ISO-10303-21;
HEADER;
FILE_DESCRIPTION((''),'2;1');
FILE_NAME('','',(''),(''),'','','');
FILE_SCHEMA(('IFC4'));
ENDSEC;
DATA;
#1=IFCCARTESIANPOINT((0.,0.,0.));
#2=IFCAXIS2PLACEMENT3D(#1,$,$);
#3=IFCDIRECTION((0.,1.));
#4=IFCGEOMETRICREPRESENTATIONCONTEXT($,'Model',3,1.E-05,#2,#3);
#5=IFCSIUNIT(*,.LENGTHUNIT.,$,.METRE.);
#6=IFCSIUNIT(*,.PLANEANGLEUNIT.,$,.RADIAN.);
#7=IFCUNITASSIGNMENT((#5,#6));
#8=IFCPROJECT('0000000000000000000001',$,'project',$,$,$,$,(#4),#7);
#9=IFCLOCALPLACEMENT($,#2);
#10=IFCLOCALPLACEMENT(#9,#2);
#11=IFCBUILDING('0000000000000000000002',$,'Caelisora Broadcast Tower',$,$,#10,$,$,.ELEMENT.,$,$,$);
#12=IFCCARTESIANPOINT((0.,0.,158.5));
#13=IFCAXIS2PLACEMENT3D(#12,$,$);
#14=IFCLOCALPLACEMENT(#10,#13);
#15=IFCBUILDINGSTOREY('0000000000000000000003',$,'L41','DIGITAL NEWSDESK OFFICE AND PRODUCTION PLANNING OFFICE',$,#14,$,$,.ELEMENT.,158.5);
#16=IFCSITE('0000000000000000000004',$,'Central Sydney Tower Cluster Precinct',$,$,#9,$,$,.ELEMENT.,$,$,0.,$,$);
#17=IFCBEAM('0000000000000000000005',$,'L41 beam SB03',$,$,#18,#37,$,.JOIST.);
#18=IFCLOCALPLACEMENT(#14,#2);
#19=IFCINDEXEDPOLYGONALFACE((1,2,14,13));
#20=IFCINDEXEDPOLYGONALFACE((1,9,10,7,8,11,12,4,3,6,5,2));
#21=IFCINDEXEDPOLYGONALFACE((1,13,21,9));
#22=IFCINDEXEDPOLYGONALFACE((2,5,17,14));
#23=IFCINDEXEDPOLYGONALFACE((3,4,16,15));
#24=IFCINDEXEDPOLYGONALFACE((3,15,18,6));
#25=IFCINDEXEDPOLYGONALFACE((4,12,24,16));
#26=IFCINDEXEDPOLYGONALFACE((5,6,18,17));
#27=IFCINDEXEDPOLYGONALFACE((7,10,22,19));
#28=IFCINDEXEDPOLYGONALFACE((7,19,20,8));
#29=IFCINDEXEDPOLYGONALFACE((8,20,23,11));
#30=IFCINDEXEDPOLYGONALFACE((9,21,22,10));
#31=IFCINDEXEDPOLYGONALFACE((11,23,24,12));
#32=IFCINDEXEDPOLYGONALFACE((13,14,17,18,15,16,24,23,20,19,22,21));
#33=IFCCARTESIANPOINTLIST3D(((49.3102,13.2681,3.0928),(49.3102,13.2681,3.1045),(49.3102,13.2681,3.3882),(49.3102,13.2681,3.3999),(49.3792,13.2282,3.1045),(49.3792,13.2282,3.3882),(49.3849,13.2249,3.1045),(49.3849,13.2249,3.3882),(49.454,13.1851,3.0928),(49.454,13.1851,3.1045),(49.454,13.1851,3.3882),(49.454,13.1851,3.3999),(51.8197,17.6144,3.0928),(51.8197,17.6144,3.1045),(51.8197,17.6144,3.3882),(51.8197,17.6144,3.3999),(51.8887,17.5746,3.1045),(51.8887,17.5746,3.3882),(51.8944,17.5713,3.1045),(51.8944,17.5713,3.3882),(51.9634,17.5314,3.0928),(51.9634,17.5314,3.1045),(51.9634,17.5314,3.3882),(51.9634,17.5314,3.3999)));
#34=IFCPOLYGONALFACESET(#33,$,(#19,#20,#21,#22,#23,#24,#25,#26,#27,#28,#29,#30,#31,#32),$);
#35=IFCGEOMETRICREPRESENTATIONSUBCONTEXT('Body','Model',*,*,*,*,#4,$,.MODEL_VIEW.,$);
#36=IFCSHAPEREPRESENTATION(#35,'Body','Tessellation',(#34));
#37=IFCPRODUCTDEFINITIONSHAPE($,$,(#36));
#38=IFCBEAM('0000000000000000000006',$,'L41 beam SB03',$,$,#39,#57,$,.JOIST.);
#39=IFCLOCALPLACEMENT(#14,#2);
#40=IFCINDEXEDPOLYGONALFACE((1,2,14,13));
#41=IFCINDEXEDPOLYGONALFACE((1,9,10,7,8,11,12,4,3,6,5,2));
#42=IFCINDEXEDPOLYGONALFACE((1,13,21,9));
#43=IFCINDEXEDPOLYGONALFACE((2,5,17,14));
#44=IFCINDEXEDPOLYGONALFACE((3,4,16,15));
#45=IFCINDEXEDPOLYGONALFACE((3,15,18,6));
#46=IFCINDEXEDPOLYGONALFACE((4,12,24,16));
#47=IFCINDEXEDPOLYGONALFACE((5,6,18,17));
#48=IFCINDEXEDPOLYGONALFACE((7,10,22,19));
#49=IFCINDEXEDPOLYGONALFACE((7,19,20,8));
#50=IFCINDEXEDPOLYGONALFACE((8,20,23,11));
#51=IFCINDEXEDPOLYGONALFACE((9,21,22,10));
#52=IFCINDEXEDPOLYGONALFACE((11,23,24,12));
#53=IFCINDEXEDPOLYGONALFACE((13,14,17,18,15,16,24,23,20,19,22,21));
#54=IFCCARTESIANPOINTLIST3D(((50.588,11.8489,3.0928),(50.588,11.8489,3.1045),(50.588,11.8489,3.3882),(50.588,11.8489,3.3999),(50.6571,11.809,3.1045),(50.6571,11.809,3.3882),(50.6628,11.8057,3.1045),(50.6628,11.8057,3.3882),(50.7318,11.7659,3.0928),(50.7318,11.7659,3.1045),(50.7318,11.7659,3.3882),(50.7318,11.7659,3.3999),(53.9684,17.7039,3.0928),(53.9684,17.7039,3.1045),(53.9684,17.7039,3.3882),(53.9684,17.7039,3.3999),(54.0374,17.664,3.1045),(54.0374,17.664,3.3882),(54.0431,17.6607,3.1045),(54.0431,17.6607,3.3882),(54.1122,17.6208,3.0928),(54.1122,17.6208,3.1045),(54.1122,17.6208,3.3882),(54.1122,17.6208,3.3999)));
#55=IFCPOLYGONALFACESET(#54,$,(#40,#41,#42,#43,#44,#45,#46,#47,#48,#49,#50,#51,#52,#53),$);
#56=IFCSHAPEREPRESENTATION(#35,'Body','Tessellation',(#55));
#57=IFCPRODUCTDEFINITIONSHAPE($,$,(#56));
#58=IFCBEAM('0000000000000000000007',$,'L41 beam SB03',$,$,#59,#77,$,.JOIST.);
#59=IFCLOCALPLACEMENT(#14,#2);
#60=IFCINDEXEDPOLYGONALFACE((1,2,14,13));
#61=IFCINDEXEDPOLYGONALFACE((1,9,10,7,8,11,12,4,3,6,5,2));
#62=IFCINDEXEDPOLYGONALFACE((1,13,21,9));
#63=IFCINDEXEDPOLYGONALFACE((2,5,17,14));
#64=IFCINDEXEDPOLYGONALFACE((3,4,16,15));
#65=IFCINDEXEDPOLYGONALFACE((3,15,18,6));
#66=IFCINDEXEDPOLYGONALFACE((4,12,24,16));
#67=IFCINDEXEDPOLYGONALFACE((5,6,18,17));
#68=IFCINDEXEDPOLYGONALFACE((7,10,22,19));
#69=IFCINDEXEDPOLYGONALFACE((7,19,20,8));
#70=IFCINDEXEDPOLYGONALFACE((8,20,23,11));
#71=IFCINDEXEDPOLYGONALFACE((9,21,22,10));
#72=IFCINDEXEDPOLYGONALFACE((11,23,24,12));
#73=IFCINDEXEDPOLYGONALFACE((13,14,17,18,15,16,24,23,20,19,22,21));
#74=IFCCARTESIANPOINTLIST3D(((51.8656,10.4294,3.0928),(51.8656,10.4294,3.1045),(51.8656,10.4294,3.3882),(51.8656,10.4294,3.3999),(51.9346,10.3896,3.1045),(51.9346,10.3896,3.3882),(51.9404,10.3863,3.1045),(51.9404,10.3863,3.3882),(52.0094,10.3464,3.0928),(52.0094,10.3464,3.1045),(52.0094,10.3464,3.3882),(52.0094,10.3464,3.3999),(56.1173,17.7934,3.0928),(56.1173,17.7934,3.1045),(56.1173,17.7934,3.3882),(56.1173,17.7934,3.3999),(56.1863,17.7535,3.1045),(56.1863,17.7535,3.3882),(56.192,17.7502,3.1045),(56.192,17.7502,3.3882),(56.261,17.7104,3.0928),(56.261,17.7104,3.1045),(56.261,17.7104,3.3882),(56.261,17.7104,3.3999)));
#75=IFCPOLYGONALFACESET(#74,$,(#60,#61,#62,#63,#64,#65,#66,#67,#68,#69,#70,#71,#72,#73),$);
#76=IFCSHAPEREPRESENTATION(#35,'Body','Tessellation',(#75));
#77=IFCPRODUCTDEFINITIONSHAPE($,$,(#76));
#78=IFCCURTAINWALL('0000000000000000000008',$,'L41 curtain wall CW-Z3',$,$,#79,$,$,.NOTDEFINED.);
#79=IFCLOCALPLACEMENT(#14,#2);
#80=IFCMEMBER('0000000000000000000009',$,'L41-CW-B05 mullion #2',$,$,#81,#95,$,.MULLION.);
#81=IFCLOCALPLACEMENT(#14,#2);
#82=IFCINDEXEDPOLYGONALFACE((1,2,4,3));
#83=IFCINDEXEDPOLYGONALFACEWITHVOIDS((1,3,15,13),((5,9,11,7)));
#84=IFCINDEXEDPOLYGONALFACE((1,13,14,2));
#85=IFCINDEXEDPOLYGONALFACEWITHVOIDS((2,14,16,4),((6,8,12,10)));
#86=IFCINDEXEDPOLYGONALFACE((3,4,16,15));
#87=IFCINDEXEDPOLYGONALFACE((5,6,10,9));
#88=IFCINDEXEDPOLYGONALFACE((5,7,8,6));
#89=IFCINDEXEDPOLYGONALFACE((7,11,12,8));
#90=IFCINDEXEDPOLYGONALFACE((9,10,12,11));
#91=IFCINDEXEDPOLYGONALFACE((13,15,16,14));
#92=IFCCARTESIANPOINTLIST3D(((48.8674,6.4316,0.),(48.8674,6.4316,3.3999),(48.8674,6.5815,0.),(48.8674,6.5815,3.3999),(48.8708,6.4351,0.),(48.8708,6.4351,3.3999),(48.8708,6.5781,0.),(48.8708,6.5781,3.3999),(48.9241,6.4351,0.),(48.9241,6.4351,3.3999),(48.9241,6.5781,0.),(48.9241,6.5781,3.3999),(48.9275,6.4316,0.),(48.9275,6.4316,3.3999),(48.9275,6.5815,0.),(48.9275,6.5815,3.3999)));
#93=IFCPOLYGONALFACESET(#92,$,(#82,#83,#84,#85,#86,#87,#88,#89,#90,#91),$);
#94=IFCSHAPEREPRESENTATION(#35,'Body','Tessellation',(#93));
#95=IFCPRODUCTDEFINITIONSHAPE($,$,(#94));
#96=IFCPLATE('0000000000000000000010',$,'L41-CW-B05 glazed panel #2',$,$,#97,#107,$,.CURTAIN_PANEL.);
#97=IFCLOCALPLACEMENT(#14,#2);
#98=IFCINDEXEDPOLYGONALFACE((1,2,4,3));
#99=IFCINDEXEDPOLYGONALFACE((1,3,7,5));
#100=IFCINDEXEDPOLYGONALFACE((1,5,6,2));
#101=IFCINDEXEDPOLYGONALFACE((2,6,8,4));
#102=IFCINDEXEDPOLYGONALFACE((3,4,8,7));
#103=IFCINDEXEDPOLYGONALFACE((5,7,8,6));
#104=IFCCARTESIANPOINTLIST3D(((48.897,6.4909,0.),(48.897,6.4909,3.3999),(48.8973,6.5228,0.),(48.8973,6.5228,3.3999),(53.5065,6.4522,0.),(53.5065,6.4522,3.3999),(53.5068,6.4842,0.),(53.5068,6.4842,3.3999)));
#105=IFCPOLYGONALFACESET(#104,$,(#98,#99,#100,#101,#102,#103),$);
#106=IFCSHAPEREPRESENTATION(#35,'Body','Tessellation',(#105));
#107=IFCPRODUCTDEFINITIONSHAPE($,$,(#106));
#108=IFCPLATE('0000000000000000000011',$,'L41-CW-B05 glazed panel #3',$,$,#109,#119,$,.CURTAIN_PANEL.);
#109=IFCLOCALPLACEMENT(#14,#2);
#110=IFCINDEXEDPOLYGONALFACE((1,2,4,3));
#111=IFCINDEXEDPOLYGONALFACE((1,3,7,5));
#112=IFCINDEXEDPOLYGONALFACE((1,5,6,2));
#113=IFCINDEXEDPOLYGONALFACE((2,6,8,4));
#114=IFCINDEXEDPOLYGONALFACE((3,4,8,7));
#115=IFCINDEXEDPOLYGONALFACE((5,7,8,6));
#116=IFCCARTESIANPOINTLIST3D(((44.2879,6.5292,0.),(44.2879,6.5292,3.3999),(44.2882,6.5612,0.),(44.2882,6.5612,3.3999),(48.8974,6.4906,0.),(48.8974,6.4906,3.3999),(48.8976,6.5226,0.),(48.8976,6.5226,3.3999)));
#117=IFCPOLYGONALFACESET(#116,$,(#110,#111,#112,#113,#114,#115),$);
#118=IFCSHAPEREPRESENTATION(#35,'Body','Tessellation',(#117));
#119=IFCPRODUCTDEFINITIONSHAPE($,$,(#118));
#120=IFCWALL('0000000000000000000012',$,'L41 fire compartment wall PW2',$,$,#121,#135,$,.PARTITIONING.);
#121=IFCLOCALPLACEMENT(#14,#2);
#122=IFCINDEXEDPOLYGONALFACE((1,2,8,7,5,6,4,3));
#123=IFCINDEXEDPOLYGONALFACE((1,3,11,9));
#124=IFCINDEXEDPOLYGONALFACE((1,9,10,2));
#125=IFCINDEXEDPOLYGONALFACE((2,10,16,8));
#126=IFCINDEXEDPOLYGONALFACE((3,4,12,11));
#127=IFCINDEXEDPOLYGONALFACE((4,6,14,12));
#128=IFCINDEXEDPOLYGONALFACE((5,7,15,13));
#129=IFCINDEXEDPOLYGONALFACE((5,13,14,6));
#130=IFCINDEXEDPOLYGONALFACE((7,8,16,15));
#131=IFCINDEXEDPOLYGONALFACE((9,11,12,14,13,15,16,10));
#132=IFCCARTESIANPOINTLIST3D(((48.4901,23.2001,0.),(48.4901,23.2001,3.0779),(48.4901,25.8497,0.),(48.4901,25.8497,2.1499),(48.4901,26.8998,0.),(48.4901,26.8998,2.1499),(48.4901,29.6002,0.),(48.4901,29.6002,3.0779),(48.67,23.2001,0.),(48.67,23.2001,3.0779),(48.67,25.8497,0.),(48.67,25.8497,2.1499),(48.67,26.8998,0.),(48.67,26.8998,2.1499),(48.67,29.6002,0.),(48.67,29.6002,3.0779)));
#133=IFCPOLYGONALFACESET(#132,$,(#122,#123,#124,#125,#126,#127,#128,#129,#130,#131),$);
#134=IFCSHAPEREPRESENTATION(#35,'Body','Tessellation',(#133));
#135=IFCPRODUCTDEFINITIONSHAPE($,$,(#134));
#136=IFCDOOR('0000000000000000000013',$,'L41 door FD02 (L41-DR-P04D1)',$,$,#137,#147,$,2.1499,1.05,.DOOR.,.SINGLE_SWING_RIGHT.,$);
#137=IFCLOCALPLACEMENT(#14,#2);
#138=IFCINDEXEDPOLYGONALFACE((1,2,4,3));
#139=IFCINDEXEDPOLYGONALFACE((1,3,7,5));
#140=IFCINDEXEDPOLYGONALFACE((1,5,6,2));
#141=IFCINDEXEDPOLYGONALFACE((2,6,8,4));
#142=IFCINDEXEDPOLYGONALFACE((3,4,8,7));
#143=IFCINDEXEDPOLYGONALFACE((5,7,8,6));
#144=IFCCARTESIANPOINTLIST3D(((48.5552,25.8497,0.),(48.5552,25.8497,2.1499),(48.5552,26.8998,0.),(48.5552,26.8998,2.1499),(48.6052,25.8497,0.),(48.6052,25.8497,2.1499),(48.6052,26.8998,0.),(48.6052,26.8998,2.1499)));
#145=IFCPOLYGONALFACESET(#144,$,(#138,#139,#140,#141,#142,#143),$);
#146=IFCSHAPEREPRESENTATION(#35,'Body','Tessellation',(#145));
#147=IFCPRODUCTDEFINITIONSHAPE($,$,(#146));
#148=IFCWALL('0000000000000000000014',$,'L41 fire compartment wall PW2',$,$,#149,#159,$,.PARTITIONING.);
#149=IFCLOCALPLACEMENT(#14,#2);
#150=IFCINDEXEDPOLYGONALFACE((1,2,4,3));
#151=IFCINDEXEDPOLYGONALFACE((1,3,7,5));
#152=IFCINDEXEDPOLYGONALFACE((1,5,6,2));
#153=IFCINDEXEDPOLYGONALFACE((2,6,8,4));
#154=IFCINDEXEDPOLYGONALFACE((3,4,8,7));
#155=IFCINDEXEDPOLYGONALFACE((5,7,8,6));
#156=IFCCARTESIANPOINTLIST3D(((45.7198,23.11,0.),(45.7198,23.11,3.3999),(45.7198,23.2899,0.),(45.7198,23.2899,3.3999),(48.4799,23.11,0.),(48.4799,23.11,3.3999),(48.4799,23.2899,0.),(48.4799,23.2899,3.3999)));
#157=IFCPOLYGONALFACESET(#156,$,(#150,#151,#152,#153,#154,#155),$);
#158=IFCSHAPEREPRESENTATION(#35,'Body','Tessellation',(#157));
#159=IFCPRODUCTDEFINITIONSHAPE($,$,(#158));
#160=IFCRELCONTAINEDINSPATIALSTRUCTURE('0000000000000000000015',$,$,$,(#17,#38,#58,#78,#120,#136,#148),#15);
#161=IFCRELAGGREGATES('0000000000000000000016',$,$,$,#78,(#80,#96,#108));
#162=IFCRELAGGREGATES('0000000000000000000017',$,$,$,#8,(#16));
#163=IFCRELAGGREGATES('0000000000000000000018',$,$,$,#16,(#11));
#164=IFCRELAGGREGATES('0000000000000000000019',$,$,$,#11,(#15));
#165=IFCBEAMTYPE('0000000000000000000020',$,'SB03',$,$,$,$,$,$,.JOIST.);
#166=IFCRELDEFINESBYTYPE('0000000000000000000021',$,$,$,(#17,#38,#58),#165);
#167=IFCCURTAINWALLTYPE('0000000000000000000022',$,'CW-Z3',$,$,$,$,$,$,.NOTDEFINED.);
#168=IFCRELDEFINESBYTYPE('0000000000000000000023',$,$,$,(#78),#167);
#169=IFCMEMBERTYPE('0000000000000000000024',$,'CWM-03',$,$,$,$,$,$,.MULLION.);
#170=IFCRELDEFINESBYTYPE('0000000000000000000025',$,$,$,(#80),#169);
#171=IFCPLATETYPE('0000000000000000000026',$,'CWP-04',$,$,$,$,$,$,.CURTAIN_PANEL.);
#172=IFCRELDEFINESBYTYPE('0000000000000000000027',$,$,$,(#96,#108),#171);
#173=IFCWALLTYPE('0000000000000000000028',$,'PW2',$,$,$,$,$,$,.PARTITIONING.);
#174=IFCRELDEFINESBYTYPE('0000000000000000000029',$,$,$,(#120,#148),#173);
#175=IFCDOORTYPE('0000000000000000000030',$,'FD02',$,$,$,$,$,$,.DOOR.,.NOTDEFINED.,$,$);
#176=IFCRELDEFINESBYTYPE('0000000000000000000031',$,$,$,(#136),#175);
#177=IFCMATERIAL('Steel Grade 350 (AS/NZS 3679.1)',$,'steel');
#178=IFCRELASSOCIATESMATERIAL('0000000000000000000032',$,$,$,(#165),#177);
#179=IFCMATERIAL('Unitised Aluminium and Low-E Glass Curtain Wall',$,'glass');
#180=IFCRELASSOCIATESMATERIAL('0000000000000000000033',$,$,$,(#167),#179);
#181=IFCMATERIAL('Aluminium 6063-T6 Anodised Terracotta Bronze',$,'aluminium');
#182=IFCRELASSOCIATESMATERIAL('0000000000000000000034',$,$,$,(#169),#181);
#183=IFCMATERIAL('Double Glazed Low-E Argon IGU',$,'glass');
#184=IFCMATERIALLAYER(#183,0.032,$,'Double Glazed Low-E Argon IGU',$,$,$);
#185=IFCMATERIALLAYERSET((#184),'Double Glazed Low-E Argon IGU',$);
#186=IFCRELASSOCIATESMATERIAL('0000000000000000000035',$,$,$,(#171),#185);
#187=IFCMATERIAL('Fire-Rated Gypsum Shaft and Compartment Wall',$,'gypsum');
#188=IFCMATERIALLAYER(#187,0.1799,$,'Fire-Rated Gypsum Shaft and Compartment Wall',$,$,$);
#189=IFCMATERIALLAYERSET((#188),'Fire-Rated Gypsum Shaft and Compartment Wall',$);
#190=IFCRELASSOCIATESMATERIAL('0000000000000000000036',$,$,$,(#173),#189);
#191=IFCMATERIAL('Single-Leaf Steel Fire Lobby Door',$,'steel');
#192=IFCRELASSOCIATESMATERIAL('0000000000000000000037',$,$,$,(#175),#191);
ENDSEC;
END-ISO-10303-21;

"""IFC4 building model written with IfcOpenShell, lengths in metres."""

from ifc_helpers import new_model, si_unit, direction, frame, frame_2d, origin, origin_2d, place, context, subcontext, project, spatial, rectangle, hollow_rectangle, i_section, extrude, source, transform, mapped, material, layer, layer_set, material_profile, profile_set, type_object, type_shapes, element, fill, aggregate, save


model = new_model("IFC4")

# Units and contexts
model_context = context("Model", 3, precision=1e-05, world=origin(), true_north=direction((0.0, 1.0)))
body_context = subcontext(model_context, "Body", "Model", "MODEL_VIEW")
ifc_project = project(units=[si_unit("LENGTHUNIT", "METRE"), si_unit("PLANEANGLEUNIT", "RADIAN")], contexts=[model_context])

# Site, building, storey
site_placement = place(None, origin())
site = spatial("IfcSite", under=ifc_project, at=site_placement, Name="Central Sydney Tower Cluster Precinct", CompositionType="ELEMENT", RefElevation=0.0)
building_placement = place(site_placement, origin())
building = spatial("IfcBuilding", under=site, at=building_placement, Name="Caelisora Broadcast Tower", CompositionType="ELEMENT")
storey_placement = place(building_placement, frame((0.0, 0.0, 158.5)))
storey = spatial("IfcBuildingStorey", under=building, at=storey_placement, Name="L41", Description="DIGITAL NEWSDESK OFFICE AND PRODUCTION PLANNING OFFICE", CompositionType="ELEMENT", Elevation=158.5)

# Beams
ifc_material_1 = material(Name="Steel Grade 350 (AS/NZS 3679.1)", Category="steel")
ifc_material_profile_1 = material_profile(ifc_material_1, i_section(OverallWidth=0.166, OverallDepth=0.3071, WebThickness=0.0066, FlangeThickness=0.0117, at=origin_2d()), Name="Steel Grade 350 (AS/NZS 3679.1)")
ifc_profile_set_1 = profile_set([ifc_material_profile_1], Name="Steel Grade 350 (AS/NZS 3679.1)")
beam_type_1 = type_object("IfcBeamType", Name="SB03", PredefinedType="JOIST", material=ifc_profile_set_1)
shared_shape_1 = source(origin(), body_context, "Body", "SweptSolid", [
    extrude(i_section(OverallWidth=0.166, OverallDepth=0.3071, WebThickness=0.0066, FlangeThickness=0.0117, at=origin_2d()), origin(), (0.0, 0.0, 1.0), 5.0188),
])
beam_1_placement = place(storey_placement, frame((49.3821, 13.2266, 3.2463), z_axis=(0.500016, 0.866016, 0.0), x_axis=(-0.866016, 0.500016, 0.0)))
element("IfcBeam", 1, at=beam_1_placement, inside=storey, type_object=beam_type_1, Name="L41 beam SB03", PredefinedType="JOIST", context=body_context, shape_type="MappedRepresentation", body=[
    mapped(shared_shape_1, transform((0.0, 0.0, 0.0), scale=1.0)),
])
shared_shape_2 = source(origin(), body_context, "Body", "SweptSolid", [
    extrude(i_section(OverallWidth=0.166, OverallDepth=0.3071, WebThickness=0.0066, FlangeThickness=0.0117, at=origin_2d()), origin(), (0.0, 0.0, 1.0), 6.7607),
])
beam_2_placement = place(storey_placement, frame((50.6599, 11.8074, 3.2463), z_axis=(0.5, 0.866026, 0.0), x_axis=(-0.866026, 0.5, 0.0)))
element("IfcBeam", 2, at=beam_2_placement, inside=storey, type_object=beam_type_1, Name="L41 beam SB03", PredefinedType="JOIST", context=body_context, shape_type="MappedRepresentation", body=[
    mapped(shared_shape_2, transform((0.0, 0.0, 0.0), scale=1.0)),
])
shared_shape_3 = source(origin(), body_context, "Body", "SweptSolid", [
    extrude(i_section(OverallWidth=0.166, OverallDepth=0.3071, WebThickness=0.0066, FlangeThickness=0.0117, at=origin_2d()), origin(), (0.0, 0.0, 1.0), 8.5032),
])
beam_3_placement = place(storey_placement, frame((51.9375, 10.3879, 3.2463), z_axis=(0.500008, 0.866021, 0.0), x_axis=(-0.866021, 0.500008, 0.0)))
element("IfcBeam", 3, at=beam_3_placement, inside=storey, type_object=beam_type_1, Name="L41 beam SB03", PredefinedType="JOIST", context=body_context, shape_type="MappedRepresentation", body=[
    mapped(shared_shape_3, transform((0.0, 0.0, 0.0), scale=1.0)),
])

# Curtain wall, member, plates
ifc_material_2 = material(Name="Unitised Aluminium and Low-E Glass Curtain Wall", Category="glass")
curtain_wall_type = type_object("IfcCurtainWallType", Name="CW-Z3", PredefinedType="NOTDEFINED", material=ifc_material_2)
curtain_wall_placement = place(storey_placement, origin())
curtain_wall = element("IfcCurtainWall", 4, at=curtain_wall_placement, inside=storey, type_object=curtain_wall_type, Name="L41 curtain wall CW-Z3", PredefinedType="NOTDEFINED")
ifc_material_3 = material(Name="Aluminium 6063-T6 Anodised Terracotta Bronze", Category="aluminium")
ifc_material_profile_2 = material_profile(ifc_material_3, hollow_rectangle(XDim=0.0601, YDim=0.1499, WallThickness=0.0034, at=origin_2d()), Name="Aluminium 6063-T6 Anodised Terracotta Bronze")
ifc_profile_set_2 = profile_set([ifc_material_profile_2], Name="Aluminium 6063-T6 Anodised Terracotta Bronze")
member_type = type_object("IfcMemberType", Name="CWM-03", PredefinedType="MULLION", material=ifc_profile_set_2)
shared_shape_4 = source(origin(), body_context, "Body", "SweptSolid", [
    extrude(hollow_rectangle(XDim=0.0601, YDim=0.1499, WallThickness=0.0034, at=origin_2d()), origin(), (0.0, 0.0, 1.0), 3.3999),
])
type_shapes(member_type, [shared_shape_4])
member_placement = place(storey_placement, frame((48.8975, 6.5066, 0.0), z_axis=(0.0, 0.0, 1.0), x_axis=(1.0, 0.0, 0.0)))
member = element("IfcMember", 5, at=member_placement, type_object=member_type, Name="L41-CW-B05 mullion #2", PredefinedType="MULLION", context=body_context, shape_type="MappedRepresentation", body=[
    mapped(shared_shape_4, transform((0.0, 0.0, 0.0), scale=1.0)),
])
ifc_material_4 = material(Name="Double Glazed Low-E Argon IGU", Category="glass")
ifc_layer_1 = layer(ifc_material_4, 0.032, Name="Double Glazed Low-E Argon IGU")
ifc_layer_set_1 = layer_set([ifc_layer_1], Name="Double Glazed Low-E Argon IGU")
plate_type = type_object("IfcPlateType", Name="CWP-04", PredefinedType="CURTAIN_PANEL", material=ifc_layer_set_1)
shared_shape_5 = source(origin(), body_context, "Body", "SweptSolid", [
    extrude(rectangle(XDim=4.6096, YDim=0.032, at=origin_2d()), origin(), (0.0, 0.0, 1.0), 3.3999),
])
type_shapes(plate_type, [shared_shape_5])
plate_1_placement = place(storey_placement, frame((51.2019, 6.4875, 0.0), z_axis=(0.0, 0.0, 1.0), x_axis=(-0.999965, 0.008377, 0.0)))
plate_1 = element("IfcPlate", 6, at=plate_1_placement, type_object=plate_type, Name="L41-CW-B05 glazed panel #2", PredefinedType="CURTAIN_PANEL", context=body_context, shape_type="MappedRepresentation", body=[
    mapped(shared_shape_5, transform((0.0, 0.0, 0.0), scale=1.0)),
])
plate_2_placement = place(storey_placement, frame((46.5928, 6.5259, 0.0), z_axis=(0.0, 0.0, 1.0), x_axis=(-0.999965, 0.008377, 0.0)))
plate_2 = element("IfcPlate", 7, at=plate_2_placement, type_object=plate_type, Name="L41-CW-B05 glazed panel #3", PredefinedType="CURTAIN_PANEL", context=body_context, shape_type="MappedRepresentation", body=[
    mapped(shared_shape_5, transform((0.0, 0.0, 0.0), scale=1.0)),
])
aggregate(curtain_wall, [member, plate_1, plate_2])

# Wall, opening, door
ifc_material_5 = material(Name="Fire-Rated Gypsum Shaft and Compartment Wall", Category="gypsum")
ifc_layer_2 = layer(ifc_material_5, 0.1799, Name="Fire-Rated Gypsum Shaft and Compartment Wall")
ifc_layer_set_2 = layer_set([ifc_layer_2], Name="Fire-Rated Gypsum Shaft and Compartment Wall")
wall_type_1 = type_object("IfcWallType", Name="PW2", PredefinedType="PARTITIONING", material=ifc_layer_set_2)
wall_1_placement = place(storey_placement, frame((48.5801, 23.2, 0.0), z_axis=(0.0, 0.0, 1.0), x_axis=(0.0, 1.0, 0.0)))
wall_1 = element("IfcWall", 8, at=wall_1_placement, inside=storey, type_object=wall_type_1, Name="L41 fire compartment wall PW2", PredefinedType="PARTITIONING", context=body_context, shape_type="SweptSolid", body=[
    extrude(rectangle(XDim=6.4001, YDim=0.1799, at=frame_2d((3.2002, 0.0))), origin(), (0.0, 0.0, 1.0), 3.0779),
])
opening_1_placement = place(wall_1_placement, frame((2.6499, 0.0, 0.0)))
opening_1 = element("IfcOpeningElement", 9, at=opening_1_placement, cuts=wall_1, PredefinedType="OPENING", context=body_context, shape_type="SweptSolid", body=[
    extrude(rectangle(XDim=1.05, YDim=2.1499, at=frame_2d((0.5249, 1.075))), frame((0.0, 0.1021, 0.0), z_axis=(0.0, -1.0, 0.0), x_axis=(1.0, 0.0, 0.0)), (0.0, 0.0, 1.0), 0.2039),
])
ifc_material_6 = material(Name="Single-Leaf Steel Fire Lobby Door", Category="steel")
door_type_1 = type_object("IfcDoorType", Name="FD02", OperationType="NOTDEFINED", PredefinedType="DOOR", material=ifc_material_6)
door_1_placement = place(opening_1_placement, origin())
door_1 = element("IfcDoor", 10, at=door_1_placement, inside=storey, type_object=door_type_1, Name="L41 door FD02 (L41-DR-P04D1)", OperationType="SINGLE_SWING_RIGHT", OverallHeight=2.1499, OverallWidth=1.05, PredefinedType="DOOR", context=body_context, shape_type="SweptSolid", body=[
    extrude(rectangle(XDim=1.05, YDim=2.1499, at=frame_2d((0.5249, 1.075))), frame((0.0, 0.0249, 0.0), z_axis=(0.0, -1.0, 0.0), x_axis=(1.0, 0.0, 0.0)), (0.0, 0.0, 1.0), 0.05),
])
fill(opening_1, door_1)

# Wall
wall_2_placement = place(storey_placement, frame((45.72, 23.2, 0.0), z_axis=(0.0, 0.0, 1.0), x_axis=(1.0, 0.0, 0.0)))
element("IfcWall", 11, at=wall_2_placement, inside=storey, type_object=wall_type_1, Name="L41 fire compartment wall PW2", PredefinedType="PARTITIONING", context=body_context, shape_type="SweptSolid", body=[
    extrude(rectangle(XDim=2.76, YDim=0.1799, at=frame_2d((1.3799, 0.0))), origin(), (0.0, 0.0, 1.0), 3.3999),
])

save(model, "model.ifc")
